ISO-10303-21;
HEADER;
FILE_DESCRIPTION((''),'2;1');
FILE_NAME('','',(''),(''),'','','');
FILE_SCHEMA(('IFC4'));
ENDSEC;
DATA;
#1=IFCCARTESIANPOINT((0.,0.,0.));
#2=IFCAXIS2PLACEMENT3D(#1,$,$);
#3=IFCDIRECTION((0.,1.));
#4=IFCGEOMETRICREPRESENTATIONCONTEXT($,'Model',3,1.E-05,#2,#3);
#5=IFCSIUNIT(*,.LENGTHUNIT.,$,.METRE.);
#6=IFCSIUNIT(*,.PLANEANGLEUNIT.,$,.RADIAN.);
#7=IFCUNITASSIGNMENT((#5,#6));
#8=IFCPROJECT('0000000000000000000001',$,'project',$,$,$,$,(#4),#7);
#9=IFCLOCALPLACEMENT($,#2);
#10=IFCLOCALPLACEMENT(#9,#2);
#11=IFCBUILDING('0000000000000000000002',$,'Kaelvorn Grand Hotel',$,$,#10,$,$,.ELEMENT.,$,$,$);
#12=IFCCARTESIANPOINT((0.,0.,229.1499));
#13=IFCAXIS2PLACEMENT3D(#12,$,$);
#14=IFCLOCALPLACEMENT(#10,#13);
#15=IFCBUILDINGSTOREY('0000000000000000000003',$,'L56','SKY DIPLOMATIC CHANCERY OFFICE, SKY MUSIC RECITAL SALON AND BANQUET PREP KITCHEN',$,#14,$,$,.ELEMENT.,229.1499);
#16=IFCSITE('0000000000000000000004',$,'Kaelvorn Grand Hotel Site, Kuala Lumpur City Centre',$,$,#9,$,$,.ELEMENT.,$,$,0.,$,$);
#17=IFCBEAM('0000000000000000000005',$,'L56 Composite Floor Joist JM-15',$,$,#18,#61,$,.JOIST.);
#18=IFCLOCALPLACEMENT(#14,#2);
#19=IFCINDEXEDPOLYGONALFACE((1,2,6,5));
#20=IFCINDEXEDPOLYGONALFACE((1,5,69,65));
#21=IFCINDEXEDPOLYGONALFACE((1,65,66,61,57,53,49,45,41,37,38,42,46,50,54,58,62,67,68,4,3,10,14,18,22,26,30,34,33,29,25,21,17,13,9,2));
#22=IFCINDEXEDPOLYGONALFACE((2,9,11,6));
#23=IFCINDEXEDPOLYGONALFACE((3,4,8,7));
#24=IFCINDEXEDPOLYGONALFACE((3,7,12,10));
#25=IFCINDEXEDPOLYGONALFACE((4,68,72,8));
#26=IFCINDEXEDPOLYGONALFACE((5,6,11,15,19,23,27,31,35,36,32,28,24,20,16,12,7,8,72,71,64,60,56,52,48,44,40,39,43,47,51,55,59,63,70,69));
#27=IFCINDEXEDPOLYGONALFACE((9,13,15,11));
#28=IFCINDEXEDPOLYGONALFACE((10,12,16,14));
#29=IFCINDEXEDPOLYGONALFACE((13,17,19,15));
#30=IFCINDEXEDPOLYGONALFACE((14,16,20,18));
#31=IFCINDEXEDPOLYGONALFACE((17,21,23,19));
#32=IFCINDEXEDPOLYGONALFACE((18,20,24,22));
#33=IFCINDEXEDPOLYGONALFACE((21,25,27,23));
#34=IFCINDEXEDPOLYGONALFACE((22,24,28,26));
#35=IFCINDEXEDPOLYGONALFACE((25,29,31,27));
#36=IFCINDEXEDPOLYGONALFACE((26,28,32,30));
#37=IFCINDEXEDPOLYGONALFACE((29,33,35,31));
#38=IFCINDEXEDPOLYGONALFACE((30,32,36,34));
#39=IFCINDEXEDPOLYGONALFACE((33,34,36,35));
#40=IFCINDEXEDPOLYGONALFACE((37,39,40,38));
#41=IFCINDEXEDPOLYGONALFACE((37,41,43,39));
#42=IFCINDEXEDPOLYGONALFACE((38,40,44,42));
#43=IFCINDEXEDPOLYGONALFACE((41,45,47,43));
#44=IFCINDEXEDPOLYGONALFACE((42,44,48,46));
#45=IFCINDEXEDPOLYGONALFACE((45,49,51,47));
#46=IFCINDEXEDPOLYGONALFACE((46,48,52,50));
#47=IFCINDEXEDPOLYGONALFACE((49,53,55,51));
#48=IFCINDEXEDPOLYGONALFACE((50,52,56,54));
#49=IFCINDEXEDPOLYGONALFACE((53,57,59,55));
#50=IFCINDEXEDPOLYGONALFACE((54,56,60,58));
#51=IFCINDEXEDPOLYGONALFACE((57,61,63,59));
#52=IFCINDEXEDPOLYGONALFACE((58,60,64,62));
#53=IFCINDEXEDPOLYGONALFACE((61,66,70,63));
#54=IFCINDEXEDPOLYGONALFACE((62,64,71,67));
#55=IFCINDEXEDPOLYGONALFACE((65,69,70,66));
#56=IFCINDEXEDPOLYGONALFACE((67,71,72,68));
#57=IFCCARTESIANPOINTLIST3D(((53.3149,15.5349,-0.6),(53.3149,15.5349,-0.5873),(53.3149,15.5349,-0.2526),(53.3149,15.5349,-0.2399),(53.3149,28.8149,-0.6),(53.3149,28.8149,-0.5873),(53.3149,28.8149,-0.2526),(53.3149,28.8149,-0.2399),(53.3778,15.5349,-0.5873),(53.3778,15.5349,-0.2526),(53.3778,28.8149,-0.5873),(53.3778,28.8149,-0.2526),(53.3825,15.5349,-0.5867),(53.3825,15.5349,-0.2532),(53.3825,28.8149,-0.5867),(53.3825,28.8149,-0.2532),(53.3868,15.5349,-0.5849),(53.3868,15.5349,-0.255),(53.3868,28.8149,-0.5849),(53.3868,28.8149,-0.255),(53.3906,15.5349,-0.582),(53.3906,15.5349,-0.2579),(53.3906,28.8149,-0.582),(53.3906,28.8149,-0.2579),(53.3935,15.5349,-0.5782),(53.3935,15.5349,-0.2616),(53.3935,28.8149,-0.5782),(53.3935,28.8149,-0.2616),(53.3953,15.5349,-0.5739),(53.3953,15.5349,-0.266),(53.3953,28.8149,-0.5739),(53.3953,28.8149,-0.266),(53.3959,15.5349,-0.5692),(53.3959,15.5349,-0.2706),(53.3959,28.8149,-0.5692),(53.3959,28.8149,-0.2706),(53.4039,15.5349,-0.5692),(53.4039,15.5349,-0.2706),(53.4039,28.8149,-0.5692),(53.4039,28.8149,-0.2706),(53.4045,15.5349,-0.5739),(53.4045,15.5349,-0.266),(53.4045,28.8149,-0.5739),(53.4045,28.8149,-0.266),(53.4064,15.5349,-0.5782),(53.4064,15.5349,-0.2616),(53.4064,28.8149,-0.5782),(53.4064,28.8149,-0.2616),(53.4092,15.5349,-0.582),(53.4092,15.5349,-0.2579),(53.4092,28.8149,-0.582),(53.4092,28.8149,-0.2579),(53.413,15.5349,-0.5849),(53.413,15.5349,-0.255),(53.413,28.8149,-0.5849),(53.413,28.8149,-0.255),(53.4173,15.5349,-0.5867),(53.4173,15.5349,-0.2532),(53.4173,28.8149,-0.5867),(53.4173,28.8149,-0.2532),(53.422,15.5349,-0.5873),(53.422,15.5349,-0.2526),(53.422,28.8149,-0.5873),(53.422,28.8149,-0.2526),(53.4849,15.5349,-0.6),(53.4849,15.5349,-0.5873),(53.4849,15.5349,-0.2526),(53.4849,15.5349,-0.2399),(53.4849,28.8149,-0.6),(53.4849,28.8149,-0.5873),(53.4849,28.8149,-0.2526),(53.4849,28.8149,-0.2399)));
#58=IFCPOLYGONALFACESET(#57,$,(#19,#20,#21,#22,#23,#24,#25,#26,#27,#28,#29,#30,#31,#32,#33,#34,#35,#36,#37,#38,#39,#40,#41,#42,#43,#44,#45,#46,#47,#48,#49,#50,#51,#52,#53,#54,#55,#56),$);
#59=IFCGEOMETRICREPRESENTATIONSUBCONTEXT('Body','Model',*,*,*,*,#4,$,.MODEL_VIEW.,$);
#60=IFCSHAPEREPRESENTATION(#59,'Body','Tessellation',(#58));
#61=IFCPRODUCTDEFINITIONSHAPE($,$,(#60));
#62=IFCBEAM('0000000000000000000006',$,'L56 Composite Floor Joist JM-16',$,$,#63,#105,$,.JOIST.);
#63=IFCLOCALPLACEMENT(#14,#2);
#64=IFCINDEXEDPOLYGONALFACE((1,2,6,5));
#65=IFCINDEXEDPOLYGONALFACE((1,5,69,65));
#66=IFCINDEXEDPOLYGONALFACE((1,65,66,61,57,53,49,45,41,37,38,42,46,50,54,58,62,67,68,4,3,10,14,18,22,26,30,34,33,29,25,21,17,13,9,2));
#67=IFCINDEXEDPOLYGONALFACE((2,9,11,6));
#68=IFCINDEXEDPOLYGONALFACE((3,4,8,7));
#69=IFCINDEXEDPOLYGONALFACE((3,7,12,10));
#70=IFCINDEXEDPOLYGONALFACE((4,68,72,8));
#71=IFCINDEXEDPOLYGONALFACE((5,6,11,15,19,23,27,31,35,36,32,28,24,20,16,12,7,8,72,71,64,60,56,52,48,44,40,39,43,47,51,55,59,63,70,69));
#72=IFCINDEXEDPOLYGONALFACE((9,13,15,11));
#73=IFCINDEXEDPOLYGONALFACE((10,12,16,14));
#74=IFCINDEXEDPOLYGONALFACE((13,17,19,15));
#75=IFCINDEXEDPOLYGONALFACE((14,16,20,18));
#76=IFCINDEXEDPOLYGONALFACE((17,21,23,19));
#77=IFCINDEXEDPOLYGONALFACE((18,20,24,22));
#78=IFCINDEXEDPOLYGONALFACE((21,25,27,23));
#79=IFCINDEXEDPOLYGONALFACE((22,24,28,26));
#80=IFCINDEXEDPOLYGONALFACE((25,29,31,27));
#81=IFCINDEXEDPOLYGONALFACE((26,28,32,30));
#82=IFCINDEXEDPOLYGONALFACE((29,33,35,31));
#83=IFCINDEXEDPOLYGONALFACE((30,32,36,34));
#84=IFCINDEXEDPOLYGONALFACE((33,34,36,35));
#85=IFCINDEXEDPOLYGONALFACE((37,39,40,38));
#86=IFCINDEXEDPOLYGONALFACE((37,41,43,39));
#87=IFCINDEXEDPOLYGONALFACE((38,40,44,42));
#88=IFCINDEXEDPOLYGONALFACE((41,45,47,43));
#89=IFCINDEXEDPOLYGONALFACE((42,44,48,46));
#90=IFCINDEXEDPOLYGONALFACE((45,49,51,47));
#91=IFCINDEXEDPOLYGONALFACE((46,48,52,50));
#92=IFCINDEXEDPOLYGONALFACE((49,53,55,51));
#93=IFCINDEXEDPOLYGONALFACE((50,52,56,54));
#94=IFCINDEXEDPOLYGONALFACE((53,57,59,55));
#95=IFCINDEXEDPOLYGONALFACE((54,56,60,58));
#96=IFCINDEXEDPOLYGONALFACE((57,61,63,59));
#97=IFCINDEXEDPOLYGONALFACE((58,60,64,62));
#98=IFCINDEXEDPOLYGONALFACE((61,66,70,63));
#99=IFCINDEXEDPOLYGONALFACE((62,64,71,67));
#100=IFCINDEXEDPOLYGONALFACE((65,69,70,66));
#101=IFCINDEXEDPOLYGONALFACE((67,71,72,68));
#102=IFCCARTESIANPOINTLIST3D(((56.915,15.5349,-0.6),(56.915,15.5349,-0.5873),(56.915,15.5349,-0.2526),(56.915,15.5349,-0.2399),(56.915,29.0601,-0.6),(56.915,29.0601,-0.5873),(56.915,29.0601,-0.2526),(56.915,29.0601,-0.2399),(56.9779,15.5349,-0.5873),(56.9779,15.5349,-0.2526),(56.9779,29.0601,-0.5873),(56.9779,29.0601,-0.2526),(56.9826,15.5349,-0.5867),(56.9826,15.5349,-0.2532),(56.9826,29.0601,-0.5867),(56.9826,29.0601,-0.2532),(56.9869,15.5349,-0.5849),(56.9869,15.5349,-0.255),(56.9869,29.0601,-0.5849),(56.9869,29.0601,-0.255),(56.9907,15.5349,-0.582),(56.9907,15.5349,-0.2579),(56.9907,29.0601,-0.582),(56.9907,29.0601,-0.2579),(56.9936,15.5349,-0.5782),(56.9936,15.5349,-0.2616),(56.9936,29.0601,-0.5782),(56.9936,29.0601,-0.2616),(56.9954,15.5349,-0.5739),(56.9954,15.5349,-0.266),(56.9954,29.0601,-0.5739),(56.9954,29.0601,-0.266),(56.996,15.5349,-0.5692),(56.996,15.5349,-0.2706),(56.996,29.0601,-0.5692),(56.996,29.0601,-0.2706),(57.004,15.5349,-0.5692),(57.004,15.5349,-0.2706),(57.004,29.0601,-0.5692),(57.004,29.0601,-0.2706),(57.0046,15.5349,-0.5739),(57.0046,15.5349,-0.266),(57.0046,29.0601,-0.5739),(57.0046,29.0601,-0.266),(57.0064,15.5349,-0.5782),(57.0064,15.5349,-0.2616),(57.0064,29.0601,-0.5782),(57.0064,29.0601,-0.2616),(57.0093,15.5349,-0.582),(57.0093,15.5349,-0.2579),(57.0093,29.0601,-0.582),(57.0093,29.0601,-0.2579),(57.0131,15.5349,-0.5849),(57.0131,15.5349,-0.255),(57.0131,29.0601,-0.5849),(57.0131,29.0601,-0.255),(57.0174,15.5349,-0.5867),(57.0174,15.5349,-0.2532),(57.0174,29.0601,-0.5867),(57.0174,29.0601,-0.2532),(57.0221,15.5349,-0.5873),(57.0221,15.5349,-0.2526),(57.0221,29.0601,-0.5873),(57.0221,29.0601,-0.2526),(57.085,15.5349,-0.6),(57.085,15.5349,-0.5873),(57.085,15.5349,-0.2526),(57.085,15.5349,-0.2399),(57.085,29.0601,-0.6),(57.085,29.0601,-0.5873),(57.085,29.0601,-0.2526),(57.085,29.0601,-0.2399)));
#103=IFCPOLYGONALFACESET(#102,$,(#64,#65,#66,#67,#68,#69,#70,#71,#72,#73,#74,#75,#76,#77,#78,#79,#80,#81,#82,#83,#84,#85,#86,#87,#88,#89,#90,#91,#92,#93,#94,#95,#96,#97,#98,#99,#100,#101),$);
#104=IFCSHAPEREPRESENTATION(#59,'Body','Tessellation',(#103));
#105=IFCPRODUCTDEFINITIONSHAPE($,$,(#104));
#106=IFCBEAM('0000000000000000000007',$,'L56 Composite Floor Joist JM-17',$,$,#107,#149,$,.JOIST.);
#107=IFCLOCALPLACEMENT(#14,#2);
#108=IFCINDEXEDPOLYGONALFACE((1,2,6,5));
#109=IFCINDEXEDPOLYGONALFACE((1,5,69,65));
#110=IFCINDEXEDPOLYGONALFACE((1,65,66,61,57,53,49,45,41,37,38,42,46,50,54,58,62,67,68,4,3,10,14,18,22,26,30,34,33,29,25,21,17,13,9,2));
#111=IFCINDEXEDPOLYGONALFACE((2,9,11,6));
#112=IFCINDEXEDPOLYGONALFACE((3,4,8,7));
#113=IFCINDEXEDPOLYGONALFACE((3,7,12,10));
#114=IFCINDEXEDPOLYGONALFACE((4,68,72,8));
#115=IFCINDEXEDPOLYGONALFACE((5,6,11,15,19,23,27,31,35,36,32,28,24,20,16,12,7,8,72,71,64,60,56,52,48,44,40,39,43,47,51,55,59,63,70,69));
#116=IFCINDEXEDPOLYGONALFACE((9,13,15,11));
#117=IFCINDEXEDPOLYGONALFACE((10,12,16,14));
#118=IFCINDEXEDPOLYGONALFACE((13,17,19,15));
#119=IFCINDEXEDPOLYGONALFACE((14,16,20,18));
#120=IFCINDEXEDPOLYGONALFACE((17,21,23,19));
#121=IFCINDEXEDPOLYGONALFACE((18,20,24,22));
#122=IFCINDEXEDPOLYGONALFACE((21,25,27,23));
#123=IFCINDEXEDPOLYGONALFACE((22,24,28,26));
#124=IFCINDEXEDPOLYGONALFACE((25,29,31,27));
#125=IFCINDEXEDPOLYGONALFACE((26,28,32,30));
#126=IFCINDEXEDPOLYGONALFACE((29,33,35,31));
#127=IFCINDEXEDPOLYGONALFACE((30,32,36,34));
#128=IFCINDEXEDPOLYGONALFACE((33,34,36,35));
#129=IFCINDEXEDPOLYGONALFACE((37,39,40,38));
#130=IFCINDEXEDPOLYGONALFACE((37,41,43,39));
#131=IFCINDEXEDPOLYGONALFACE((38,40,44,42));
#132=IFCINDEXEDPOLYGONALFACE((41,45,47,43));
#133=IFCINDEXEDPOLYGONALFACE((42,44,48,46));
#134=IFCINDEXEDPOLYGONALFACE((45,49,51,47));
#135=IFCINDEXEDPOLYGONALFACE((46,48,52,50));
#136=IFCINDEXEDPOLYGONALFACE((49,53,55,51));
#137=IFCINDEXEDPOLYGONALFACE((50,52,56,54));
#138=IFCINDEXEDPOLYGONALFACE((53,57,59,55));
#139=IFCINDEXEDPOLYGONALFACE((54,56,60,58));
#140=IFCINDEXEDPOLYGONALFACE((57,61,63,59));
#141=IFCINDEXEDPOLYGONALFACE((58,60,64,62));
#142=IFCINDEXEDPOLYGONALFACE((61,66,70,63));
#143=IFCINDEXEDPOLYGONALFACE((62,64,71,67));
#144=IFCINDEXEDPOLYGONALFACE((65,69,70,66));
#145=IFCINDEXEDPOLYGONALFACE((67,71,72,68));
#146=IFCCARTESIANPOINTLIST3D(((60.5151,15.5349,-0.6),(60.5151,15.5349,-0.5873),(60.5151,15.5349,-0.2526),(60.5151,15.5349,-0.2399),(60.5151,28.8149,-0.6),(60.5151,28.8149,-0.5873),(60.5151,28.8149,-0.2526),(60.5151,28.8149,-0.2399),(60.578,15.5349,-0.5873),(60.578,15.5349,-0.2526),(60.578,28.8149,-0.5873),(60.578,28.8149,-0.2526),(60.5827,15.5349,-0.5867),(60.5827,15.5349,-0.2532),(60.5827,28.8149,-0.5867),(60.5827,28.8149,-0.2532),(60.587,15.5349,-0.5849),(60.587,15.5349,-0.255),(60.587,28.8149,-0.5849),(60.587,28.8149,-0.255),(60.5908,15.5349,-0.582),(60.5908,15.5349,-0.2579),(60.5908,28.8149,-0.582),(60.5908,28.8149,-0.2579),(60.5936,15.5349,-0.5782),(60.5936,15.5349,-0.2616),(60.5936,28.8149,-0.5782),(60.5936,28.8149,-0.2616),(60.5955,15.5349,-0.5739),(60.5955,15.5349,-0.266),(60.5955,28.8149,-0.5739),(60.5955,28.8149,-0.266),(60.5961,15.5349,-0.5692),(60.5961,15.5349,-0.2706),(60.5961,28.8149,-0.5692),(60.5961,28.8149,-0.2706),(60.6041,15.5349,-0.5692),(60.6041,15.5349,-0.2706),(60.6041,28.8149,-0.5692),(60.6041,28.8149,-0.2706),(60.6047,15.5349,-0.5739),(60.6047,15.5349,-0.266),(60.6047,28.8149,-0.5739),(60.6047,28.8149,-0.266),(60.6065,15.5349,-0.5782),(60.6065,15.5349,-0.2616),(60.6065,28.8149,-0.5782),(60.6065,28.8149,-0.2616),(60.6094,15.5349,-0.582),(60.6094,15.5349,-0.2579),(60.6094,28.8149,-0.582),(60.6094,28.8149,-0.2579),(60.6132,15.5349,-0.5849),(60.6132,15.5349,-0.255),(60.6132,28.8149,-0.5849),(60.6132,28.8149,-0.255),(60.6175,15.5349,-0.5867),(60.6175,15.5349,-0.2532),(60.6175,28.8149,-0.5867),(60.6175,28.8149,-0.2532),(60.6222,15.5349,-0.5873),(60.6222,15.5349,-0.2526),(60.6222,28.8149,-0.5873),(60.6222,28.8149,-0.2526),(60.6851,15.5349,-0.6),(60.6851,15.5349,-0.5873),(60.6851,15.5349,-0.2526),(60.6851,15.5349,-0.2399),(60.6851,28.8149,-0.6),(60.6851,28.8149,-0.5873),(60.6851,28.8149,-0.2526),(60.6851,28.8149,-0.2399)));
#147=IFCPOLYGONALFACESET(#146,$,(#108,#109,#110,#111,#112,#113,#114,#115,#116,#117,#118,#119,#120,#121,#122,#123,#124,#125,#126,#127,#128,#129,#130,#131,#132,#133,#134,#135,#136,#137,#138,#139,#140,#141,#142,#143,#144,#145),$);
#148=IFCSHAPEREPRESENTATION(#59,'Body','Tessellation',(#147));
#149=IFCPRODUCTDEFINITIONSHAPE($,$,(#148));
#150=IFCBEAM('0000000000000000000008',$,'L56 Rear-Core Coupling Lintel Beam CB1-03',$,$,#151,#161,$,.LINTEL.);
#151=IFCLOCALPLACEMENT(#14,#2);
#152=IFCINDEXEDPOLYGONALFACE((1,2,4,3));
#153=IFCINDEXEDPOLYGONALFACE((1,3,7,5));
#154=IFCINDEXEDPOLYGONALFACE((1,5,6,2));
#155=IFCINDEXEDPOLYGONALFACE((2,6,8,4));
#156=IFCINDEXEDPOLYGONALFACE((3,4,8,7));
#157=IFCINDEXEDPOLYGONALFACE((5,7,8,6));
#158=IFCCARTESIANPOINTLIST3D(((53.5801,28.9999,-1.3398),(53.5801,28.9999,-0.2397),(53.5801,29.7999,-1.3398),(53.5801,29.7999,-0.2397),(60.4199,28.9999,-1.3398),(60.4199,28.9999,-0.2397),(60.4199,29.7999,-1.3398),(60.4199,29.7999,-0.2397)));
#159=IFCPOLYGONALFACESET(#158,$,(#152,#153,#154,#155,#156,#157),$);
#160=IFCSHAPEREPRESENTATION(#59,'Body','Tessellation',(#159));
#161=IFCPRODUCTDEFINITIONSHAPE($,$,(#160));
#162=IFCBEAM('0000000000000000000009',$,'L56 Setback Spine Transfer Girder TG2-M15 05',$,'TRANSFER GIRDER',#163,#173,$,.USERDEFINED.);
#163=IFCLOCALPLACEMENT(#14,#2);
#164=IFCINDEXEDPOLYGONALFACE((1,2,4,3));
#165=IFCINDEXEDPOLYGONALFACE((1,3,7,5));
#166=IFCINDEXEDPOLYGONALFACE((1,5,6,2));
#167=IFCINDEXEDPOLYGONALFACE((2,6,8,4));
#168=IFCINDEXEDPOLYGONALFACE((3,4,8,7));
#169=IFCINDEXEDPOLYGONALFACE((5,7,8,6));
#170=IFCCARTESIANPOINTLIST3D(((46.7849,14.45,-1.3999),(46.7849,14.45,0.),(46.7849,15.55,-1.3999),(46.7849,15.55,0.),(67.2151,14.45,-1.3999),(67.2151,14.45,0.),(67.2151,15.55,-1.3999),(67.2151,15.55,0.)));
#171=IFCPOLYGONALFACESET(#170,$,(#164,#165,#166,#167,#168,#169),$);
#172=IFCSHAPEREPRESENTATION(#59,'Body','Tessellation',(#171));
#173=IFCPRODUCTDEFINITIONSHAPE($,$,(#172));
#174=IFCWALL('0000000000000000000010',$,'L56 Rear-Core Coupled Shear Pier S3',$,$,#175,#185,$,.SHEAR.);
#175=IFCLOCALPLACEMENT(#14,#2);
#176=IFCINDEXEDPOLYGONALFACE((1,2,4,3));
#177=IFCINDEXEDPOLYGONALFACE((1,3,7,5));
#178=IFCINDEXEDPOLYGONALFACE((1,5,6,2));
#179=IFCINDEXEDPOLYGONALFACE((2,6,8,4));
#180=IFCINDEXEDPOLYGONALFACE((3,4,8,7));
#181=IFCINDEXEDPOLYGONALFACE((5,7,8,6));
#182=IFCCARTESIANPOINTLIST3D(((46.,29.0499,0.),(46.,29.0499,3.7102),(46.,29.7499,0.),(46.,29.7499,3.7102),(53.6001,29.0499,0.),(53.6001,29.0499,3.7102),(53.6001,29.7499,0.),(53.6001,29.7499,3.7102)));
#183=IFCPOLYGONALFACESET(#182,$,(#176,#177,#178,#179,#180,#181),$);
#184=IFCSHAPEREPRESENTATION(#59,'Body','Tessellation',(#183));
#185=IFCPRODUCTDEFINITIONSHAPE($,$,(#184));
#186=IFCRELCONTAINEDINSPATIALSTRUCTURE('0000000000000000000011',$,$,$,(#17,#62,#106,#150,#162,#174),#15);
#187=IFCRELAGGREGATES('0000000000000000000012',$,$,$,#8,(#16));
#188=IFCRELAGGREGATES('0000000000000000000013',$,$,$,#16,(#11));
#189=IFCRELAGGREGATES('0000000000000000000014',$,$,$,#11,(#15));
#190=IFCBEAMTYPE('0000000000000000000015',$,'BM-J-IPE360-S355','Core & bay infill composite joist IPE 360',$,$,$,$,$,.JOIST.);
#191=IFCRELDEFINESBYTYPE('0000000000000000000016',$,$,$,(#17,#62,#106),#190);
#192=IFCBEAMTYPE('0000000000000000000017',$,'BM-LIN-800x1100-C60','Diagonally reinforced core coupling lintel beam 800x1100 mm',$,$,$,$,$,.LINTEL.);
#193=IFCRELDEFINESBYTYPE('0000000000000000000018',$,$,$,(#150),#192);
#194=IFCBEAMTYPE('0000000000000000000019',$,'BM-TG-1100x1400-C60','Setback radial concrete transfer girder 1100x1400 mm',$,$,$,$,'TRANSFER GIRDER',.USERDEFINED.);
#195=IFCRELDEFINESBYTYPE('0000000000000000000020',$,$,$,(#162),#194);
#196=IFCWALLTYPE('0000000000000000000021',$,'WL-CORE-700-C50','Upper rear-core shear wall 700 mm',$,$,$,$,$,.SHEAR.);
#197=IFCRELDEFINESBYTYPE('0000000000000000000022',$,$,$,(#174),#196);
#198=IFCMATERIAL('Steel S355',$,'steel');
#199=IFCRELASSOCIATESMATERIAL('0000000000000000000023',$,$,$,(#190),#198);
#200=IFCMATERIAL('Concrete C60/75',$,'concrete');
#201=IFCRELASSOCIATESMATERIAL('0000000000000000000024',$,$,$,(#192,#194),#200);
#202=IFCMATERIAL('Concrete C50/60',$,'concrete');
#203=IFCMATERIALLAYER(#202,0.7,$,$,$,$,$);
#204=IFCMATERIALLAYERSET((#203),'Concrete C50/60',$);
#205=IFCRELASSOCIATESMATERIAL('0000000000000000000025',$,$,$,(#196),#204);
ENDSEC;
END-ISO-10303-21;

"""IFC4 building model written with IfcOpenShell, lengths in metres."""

from ifc_helpers import new_model, si_unit, direction, frame, frame_2d, origin, origin_2d, place, context, subcontext, project, spatial, rectangle, i_section, extrude, material, layer, layer_set, material_profile, profile_set, type_object, element, save


model = new_model("IFC4")

# Units and contexts
model_context = context("Model", 3, precision=1e-05, world=origin(), true_north=direction((0.0, 1.0)))
body_context = subcontext(model_context, "Body", "Model", "MODEL_VIEW")
ifc_project = project(units=[si_unit("LENGTHUNIT", "METRE"), si_unit("PLANEANGLEUNIT", "RADIAN")], contexts=[model_context])

# Site, building, storey
site_placement = place(None, origin())
site = spatial("IfcSite", under=ifc_project, at=site_placement, Name="Kaelvorn Grand Hotel Site, Kuala Lumpur City Centre", CompositionType="ELEMENT", RefElevation=0.0)
building_placement = place(site_placement, origin())
building = spatial("IfcBuilding", under=site, at=building_placement, Name="Kaelvorn Grand Hotel", CompositionType="ELEMENT")
storey_placement = place(building_placement, frame((0.0, 0.0, 229.1499)))
storey = spatial("IfcBuildingStorey", under=building, at=storey_placement, Name="L56", Description="SKY DIPLOMATIC CHANCERY OFFICE, SKY MUSIC RECITAL SALON AND BANQUET PREP KITCHEN", CompositionType="ELEMENT", Elevation=229.1499)

# Shared definitions
ifc_material_1 = material(Name="Concrete C50/60", Category="concrete")

# Beams
ifc_material_2 = material(Name="Steel S355", Category="steel")
ifc_material_profile_1 = material_profile(ifc_material_2, i_section(OverallWidth=0.1699, OverallDepth=0.3601, WebThickness=0.0081, FlangeThickness=0.0127, FilletRadius=0.0181, at=origin_2d()), Name="IPE 360")
ifc_profile_set_1 = profile_set([ifc_material_profile_1], Name="Steel S355")
beam_type_1 = type_object("IfcBeamType", Name="BM-J-IPE360-S355", Description="Core & bay infill composite joist IPE 360", PredefinedType="JOIST", material=ifc_profile_set_1)
beam_1_placement = place(storey_placement, frame((53.3999, 15.5349, -0.4199), z_axis=(0.0, 1.0, 0.0), x_axis=(-1.0, 0.0, 0.0)))
element("IfcBeam", 1, at=beam_1_placement, inside=storey, type_object=beam_type_1, Name="L56 Composite Floor Joist JM-15", PredefinedType="JOIST", context=body_context, shape_type="SweptSolid", body=[
    extrude(i_section(OverallWidth=0.1699, OverallDepth=0.3601, WebThickness=0.0081, FlangeThickness=0.0127, FilletRadius=0.0181, at=origin_2d()), origin(), (0.0, 0.0, 1.0), 13.28),
])
beam_2_placement = place(storey_placement, frame((57.0, 15.5349, -0.4199), z_axis=(0.0, 1.0, 0.0), x_axis=(-1.0, 0.0, 0.0)))
element("IfcBeam", 2, at=beam_2_placement, inside=storey, type_object=beam_type_1, Name="L56 Composite Floor Joist JM-16", PredefinedType="JOIST", context=body_context, shape_type="SweptSolid", body=[
    extrude(i_section(OverallWidth=0.1699, OverallDepth=0.3601, WebThickness=0.0081, FlangeThickness=0.0127, FilletRadius=0.0181, at=origin_2d()), origin(), (0.0, 0.0, 1.0), 13.5251),
])
beam_3_placement = place(storey_placement, frame((60.6001, 15.5349, -0.4199), z_axis=(0.0, 1.0, 0.0), x_axis=(-1.0, 0.0, 0.0)))
element("IfcBeam", 3, at=beam_3_placement, inside=storey, type_object=beam_type_1, Name="L56 Composite Floor Joist JM-17", PredefinedType="JOIST", context=body_context, shape_type="SweptSolid", body=[
    extrude(i_section(OverallWidth=0.1699, OverallDepth=0.3601, WebThickness=0.0081, FlangeThickness=0.0127, FilletRadius=0.0181, at=origin_2d()), origin(), (0.0, 0.0, 1.0), 13.28),
])
ifc_material_3 = material(Name="Concrete C60/75", Category="concrete")
ifc_material_profile_2 = material_profile(ifc_material_3, rectangle(XDim=0.8, YDim=1.1001, at=origin_2d()), Name="RC LINTEL 800x1100")
ifc_profile_set_2 = profile_set([ifc_material_profile_2], Name="Concrete C60/75")
beam_type_2 = type_object("IfcBeamType", Name="BM-LIN-800x1100-C60", Description="Diagonally reinforced core coupling lintel beam 800x1100 mm", PredefinedType="LINTEL", material=ifc_profile_set_2)
beam_4_placement = place(storey_placement, frame((53.5801, 29.3999, -0.7898), z_axis=(1.0, 0.0, 0.0), x_axis=(0.0, 1.0, 0.0)))
element("IfcBeam", 4, at=beam_4_placement, inside=storey, type_object=beam_type_2, Name="L56 Rear-Core Coupling Lintel Beam CB1-03", PredefinedType="LINTEL", context=body_context, shape_type="SweptSolid", body=[
    extrude(rectangle(XDim=0.8, YDim=1.1001, at=origin_2d()), origin(), (0.0, 0.0, 1.0), 6.8398),
])
ifc_material_profile_3 = material_profile(ifc_material_3, rectangle(XDim=1.1001, YDim=1.3999, at=origin_2d()), Name="RC TG 1100x1400")
ifc_profile_set_3 = profile_set([ifc_material_profile_3], Name="Concrete C60/75")
beam_type_3 = type_object("IfcBeamType", Name="BM-TG-1100x1400-C60", Description="Setback radial concrete transfer girder 1100x1400 mm", ElementType="TRANSFER GIRDER", PredefinedType="USERDEFINED", material=ifc_profile_set_3)
beam_5_placement = place(storey_placement, frame((46.7849, 15.0, -0.7), z_axis=(1.0, 0.0, 0.0), x_axis=(0.0, 1.0, 0.0)))
element("IfcBeam", 5, at=beam_5_placement, inside=storey, type_object=beam_type_3, Name="L56 Setback Spine Transfer Girder TG2-M15 05", ObjectType="TRANSFER GIRDER", PredefinedType="USERDEFINED", context=body_context, shape_type="SweptSolid", body=[
    extrude(rectangle(XDim=1.1001, YDim=1.3999, at=origin_2d()), origin(), (0.0, 0.0, 1.0), 20.4302),
])

# Wall
ifc_layer_1 = layer(ifc_material_1, 0.7)
ifc_layer_set_1 = layer_set([ifc_layer_1], Name="Concrete C50/60")
wall_type_1 = type_object("IfcWallType", Name="WL-CORE-700-C50", Description="Upper rear-core shear wall 700 mm", PredefinedType="SHEAR", material=ifc_layer_set_1)
wall_1_placement = place(storey_placement, frame((46.0, 29.3999, 0.0), z_axis=(0.0, 0.0, 1.0), x_axis=(1.0, 0.0, 0.0)))
element("IfcWall", 6, at=wall_1_placement, inside=storey, type_object=wall_type_1, Name="L56 Rear-Core Coupled Shear Pier S3", PredefinedType="SHEAR", context=body_context, shape_type="SweptSolid", body=[
    extrude(rectangle(XDim=7.6001, YDim=0.7, at=frame_2d((3.8, 0.0))), origin(), (0.0, 0.0, 1.0), 3.7102),
])

save(model, "model.ifc")
